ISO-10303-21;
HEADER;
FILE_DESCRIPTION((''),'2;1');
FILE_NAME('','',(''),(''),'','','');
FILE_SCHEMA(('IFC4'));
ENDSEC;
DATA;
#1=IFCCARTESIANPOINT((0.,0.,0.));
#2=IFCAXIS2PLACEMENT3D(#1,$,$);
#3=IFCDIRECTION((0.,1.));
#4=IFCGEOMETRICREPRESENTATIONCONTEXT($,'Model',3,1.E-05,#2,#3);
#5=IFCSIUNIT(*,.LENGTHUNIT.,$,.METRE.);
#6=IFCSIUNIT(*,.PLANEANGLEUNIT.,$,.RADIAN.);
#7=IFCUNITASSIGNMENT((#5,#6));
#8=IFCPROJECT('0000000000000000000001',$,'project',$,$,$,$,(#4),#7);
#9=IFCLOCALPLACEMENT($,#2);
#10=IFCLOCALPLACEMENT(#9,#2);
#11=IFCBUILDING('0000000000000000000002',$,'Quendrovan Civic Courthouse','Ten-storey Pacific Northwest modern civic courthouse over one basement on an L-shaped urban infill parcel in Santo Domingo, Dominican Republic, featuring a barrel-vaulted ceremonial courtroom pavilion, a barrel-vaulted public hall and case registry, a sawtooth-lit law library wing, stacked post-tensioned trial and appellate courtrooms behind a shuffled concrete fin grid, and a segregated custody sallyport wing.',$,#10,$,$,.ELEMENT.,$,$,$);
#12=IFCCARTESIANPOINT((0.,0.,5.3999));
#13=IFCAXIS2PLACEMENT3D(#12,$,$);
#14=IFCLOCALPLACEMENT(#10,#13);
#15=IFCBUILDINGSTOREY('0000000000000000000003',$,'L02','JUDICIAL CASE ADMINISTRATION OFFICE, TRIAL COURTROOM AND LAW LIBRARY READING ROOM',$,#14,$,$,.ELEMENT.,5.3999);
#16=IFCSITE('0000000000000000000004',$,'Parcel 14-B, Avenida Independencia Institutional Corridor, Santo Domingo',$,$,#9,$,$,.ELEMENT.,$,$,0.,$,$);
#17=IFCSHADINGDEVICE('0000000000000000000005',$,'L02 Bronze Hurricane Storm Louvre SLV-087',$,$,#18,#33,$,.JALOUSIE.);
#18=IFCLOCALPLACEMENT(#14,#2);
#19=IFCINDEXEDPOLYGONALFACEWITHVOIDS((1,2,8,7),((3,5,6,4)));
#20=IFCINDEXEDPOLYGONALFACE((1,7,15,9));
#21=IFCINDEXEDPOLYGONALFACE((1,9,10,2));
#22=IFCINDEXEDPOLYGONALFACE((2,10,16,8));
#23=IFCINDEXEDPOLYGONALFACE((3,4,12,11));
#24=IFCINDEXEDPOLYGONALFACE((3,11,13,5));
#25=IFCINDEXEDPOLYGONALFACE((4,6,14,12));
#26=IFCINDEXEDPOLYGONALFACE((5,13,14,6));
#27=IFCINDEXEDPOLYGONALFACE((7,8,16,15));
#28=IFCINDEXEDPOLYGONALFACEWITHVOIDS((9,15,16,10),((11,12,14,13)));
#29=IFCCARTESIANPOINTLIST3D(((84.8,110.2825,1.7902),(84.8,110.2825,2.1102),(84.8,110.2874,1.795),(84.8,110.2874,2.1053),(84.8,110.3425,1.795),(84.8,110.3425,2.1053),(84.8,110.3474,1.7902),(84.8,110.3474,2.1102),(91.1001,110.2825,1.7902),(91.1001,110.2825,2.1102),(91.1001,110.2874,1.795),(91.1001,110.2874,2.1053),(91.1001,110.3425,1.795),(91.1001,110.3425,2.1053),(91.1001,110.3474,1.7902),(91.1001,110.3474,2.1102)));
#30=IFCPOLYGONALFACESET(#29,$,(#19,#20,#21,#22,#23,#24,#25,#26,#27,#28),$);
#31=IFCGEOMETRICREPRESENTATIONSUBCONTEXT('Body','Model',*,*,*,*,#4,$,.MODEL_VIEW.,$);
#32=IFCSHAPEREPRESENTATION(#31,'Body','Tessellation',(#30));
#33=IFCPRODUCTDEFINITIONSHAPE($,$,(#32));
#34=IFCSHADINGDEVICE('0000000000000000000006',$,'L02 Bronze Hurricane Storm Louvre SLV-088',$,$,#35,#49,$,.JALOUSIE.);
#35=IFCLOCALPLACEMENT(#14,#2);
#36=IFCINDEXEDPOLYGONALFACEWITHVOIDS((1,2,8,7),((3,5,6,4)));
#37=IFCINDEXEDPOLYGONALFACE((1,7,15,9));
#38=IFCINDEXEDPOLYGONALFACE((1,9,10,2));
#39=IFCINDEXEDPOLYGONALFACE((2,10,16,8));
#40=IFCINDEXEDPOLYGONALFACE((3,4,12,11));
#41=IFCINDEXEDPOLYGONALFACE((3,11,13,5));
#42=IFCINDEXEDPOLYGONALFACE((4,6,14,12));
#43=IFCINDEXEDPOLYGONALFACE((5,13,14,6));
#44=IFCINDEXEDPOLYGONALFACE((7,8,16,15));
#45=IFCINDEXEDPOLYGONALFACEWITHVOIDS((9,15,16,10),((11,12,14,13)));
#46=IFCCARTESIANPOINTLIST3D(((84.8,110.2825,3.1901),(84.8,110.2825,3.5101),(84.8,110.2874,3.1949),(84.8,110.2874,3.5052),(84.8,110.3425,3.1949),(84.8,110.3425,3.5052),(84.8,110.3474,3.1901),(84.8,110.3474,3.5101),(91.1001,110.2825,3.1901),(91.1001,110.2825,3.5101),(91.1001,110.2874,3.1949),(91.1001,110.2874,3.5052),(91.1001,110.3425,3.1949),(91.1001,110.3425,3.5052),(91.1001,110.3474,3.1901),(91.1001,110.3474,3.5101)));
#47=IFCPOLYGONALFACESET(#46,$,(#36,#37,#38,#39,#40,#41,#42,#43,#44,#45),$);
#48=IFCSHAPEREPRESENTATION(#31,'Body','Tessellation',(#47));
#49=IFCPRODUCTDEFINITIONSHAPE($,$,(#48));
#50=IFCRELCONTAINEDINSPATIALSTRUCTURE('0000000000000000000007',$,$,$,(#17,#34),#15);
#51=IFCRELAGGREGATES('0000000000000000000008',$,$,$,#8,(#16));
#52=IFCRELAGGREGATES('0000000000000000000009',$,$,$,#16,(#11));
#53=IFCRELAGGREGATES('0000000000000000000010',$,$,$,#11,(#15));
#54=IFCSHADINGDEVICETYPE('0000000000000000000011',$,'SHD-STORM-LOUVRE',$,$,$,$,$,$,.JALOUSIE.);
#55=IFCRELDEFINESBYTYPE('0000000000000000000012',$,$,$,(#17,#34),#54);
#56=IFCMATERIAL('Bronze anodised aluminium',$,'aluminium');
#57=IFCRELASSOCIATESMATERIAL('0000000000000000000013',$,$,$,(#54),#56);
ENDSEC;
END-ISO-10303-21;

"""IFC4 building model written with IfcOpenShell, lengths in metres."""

from ifc_helpers import new_model, si_unit, direction, frame, origin, origin_2d, place, context, subcontext, project, spatial, hollow_rectangle, extrude, material, material_profile, profile_set, type_object, element, save


model = new_model("IFC4")

# Units and contexts
model_context = context("Model", 3, precision=1e-05, world=origin(), true_north=direction((0.0, 1.0)))
body_context = subcontext(model_context, "Body", "Model", "MODEL_VIEW")
ifc_project = project(units=[si_unit("LENGTHUNIT", "METRE"), si_unit("PLANEANGLEUNIT", "RADIAN")], contexts=[model_context])

# Site, building, storey
site_placement = place(None, origin())
site = spatial("IfcSite", under=ifc_project, at=site_placement, Name="Parcel 14-B, Avenida Independencia Institutional Corridor, Santo Domingo", CompositionType="ELEMENT", RefElevation=0.0)
building_placement = place(site_placement, origin())
building = spatial("IfcBuilding", under=site, at=building_placement, Name="Quendrovan Civic Courthouse", Description="Ten-storey Pacific Northwest modern civic courthouse over one basement on an L-shaped urban infill parcel in Santo Domingo, Dominican Republic, featuring a barrel-vaulted ceremonial courtroom pavilion, a barrel-vaulted public hall and case registry, a sawtooth-lit law library wing, stacked post-tensioned trial and appellate courtrooms behind a shuffled concrete fin grid, and a segregated custody sallyport wing.", CompositionType="ELEMENT")
storey_placement = place(building_placement, frame((0.0, 0.0, 5.3999)))
storey = spatial("IfcBuildingStorey", under=building, at=storey_placement, Name="L02", Description="JUDICIAL CASE ADMINISTRATION OFFICE, TRIAL COURTROOM AND LAW LIBRARY READING ROOM", CompositionType="ELEMENT", Elevation=5.3999)

# Shared definitions
ifc_material_1 = material(Name="Bronze anodised aluminium", Category="aluminium")

# Shading devices
ifc_material_profile_1 = material_profile(ifc_material_1, hollow_rectangle(XDim=0.0649, YDim=0.3201, WallThickness=0.0049, at=origin_2d()), Name="AL-LOUVRE-65x320")
ifc_profile_set_1 = profile_set([ifc_material_profile_1], Name="Bronze anodised aluminium")
shading_device_type = type_object("IfcShadingDeviceType", Name="SHD-STORM-LOUVRE", PredefinedType="JALOUSIE", material=ifc_profile_set_1)
for number, where, z_axis, x_axis, name in (
    (1, (84.8, 110.3149, 1.9502), (1.0, 0.0, 0.0), (0.0, 1.0, 0.0), "L02 Bronze Hurricane Storm Louvre SLV-087"),
    (2, (84.8, 110.3149, 3.3501), (1.0, 0.0, 0.0), (0.0, 1.0, 0.0), "L02 Bronze Hurricane Storm Louvre SLV-088"),
):
    element("IfcShadingDevice", number, at=place(storey_placement, frame(where, z_axis=z_axis, x_axis=x_axis)), inside=storey, type_object=shading_device_type, Name=name, PredefinedType="JALOUSIE", context=body_context, shape_type="SweptSolid", body=[
        extrude(hollow_rectangle(XDim=0.0649, YDim=0.3201, WallThickness=0.0049, at=origin_2d()), origin(), (0.0, 0.0, 1.0), 6.3),
    ])

save(model, "model.ifc")
